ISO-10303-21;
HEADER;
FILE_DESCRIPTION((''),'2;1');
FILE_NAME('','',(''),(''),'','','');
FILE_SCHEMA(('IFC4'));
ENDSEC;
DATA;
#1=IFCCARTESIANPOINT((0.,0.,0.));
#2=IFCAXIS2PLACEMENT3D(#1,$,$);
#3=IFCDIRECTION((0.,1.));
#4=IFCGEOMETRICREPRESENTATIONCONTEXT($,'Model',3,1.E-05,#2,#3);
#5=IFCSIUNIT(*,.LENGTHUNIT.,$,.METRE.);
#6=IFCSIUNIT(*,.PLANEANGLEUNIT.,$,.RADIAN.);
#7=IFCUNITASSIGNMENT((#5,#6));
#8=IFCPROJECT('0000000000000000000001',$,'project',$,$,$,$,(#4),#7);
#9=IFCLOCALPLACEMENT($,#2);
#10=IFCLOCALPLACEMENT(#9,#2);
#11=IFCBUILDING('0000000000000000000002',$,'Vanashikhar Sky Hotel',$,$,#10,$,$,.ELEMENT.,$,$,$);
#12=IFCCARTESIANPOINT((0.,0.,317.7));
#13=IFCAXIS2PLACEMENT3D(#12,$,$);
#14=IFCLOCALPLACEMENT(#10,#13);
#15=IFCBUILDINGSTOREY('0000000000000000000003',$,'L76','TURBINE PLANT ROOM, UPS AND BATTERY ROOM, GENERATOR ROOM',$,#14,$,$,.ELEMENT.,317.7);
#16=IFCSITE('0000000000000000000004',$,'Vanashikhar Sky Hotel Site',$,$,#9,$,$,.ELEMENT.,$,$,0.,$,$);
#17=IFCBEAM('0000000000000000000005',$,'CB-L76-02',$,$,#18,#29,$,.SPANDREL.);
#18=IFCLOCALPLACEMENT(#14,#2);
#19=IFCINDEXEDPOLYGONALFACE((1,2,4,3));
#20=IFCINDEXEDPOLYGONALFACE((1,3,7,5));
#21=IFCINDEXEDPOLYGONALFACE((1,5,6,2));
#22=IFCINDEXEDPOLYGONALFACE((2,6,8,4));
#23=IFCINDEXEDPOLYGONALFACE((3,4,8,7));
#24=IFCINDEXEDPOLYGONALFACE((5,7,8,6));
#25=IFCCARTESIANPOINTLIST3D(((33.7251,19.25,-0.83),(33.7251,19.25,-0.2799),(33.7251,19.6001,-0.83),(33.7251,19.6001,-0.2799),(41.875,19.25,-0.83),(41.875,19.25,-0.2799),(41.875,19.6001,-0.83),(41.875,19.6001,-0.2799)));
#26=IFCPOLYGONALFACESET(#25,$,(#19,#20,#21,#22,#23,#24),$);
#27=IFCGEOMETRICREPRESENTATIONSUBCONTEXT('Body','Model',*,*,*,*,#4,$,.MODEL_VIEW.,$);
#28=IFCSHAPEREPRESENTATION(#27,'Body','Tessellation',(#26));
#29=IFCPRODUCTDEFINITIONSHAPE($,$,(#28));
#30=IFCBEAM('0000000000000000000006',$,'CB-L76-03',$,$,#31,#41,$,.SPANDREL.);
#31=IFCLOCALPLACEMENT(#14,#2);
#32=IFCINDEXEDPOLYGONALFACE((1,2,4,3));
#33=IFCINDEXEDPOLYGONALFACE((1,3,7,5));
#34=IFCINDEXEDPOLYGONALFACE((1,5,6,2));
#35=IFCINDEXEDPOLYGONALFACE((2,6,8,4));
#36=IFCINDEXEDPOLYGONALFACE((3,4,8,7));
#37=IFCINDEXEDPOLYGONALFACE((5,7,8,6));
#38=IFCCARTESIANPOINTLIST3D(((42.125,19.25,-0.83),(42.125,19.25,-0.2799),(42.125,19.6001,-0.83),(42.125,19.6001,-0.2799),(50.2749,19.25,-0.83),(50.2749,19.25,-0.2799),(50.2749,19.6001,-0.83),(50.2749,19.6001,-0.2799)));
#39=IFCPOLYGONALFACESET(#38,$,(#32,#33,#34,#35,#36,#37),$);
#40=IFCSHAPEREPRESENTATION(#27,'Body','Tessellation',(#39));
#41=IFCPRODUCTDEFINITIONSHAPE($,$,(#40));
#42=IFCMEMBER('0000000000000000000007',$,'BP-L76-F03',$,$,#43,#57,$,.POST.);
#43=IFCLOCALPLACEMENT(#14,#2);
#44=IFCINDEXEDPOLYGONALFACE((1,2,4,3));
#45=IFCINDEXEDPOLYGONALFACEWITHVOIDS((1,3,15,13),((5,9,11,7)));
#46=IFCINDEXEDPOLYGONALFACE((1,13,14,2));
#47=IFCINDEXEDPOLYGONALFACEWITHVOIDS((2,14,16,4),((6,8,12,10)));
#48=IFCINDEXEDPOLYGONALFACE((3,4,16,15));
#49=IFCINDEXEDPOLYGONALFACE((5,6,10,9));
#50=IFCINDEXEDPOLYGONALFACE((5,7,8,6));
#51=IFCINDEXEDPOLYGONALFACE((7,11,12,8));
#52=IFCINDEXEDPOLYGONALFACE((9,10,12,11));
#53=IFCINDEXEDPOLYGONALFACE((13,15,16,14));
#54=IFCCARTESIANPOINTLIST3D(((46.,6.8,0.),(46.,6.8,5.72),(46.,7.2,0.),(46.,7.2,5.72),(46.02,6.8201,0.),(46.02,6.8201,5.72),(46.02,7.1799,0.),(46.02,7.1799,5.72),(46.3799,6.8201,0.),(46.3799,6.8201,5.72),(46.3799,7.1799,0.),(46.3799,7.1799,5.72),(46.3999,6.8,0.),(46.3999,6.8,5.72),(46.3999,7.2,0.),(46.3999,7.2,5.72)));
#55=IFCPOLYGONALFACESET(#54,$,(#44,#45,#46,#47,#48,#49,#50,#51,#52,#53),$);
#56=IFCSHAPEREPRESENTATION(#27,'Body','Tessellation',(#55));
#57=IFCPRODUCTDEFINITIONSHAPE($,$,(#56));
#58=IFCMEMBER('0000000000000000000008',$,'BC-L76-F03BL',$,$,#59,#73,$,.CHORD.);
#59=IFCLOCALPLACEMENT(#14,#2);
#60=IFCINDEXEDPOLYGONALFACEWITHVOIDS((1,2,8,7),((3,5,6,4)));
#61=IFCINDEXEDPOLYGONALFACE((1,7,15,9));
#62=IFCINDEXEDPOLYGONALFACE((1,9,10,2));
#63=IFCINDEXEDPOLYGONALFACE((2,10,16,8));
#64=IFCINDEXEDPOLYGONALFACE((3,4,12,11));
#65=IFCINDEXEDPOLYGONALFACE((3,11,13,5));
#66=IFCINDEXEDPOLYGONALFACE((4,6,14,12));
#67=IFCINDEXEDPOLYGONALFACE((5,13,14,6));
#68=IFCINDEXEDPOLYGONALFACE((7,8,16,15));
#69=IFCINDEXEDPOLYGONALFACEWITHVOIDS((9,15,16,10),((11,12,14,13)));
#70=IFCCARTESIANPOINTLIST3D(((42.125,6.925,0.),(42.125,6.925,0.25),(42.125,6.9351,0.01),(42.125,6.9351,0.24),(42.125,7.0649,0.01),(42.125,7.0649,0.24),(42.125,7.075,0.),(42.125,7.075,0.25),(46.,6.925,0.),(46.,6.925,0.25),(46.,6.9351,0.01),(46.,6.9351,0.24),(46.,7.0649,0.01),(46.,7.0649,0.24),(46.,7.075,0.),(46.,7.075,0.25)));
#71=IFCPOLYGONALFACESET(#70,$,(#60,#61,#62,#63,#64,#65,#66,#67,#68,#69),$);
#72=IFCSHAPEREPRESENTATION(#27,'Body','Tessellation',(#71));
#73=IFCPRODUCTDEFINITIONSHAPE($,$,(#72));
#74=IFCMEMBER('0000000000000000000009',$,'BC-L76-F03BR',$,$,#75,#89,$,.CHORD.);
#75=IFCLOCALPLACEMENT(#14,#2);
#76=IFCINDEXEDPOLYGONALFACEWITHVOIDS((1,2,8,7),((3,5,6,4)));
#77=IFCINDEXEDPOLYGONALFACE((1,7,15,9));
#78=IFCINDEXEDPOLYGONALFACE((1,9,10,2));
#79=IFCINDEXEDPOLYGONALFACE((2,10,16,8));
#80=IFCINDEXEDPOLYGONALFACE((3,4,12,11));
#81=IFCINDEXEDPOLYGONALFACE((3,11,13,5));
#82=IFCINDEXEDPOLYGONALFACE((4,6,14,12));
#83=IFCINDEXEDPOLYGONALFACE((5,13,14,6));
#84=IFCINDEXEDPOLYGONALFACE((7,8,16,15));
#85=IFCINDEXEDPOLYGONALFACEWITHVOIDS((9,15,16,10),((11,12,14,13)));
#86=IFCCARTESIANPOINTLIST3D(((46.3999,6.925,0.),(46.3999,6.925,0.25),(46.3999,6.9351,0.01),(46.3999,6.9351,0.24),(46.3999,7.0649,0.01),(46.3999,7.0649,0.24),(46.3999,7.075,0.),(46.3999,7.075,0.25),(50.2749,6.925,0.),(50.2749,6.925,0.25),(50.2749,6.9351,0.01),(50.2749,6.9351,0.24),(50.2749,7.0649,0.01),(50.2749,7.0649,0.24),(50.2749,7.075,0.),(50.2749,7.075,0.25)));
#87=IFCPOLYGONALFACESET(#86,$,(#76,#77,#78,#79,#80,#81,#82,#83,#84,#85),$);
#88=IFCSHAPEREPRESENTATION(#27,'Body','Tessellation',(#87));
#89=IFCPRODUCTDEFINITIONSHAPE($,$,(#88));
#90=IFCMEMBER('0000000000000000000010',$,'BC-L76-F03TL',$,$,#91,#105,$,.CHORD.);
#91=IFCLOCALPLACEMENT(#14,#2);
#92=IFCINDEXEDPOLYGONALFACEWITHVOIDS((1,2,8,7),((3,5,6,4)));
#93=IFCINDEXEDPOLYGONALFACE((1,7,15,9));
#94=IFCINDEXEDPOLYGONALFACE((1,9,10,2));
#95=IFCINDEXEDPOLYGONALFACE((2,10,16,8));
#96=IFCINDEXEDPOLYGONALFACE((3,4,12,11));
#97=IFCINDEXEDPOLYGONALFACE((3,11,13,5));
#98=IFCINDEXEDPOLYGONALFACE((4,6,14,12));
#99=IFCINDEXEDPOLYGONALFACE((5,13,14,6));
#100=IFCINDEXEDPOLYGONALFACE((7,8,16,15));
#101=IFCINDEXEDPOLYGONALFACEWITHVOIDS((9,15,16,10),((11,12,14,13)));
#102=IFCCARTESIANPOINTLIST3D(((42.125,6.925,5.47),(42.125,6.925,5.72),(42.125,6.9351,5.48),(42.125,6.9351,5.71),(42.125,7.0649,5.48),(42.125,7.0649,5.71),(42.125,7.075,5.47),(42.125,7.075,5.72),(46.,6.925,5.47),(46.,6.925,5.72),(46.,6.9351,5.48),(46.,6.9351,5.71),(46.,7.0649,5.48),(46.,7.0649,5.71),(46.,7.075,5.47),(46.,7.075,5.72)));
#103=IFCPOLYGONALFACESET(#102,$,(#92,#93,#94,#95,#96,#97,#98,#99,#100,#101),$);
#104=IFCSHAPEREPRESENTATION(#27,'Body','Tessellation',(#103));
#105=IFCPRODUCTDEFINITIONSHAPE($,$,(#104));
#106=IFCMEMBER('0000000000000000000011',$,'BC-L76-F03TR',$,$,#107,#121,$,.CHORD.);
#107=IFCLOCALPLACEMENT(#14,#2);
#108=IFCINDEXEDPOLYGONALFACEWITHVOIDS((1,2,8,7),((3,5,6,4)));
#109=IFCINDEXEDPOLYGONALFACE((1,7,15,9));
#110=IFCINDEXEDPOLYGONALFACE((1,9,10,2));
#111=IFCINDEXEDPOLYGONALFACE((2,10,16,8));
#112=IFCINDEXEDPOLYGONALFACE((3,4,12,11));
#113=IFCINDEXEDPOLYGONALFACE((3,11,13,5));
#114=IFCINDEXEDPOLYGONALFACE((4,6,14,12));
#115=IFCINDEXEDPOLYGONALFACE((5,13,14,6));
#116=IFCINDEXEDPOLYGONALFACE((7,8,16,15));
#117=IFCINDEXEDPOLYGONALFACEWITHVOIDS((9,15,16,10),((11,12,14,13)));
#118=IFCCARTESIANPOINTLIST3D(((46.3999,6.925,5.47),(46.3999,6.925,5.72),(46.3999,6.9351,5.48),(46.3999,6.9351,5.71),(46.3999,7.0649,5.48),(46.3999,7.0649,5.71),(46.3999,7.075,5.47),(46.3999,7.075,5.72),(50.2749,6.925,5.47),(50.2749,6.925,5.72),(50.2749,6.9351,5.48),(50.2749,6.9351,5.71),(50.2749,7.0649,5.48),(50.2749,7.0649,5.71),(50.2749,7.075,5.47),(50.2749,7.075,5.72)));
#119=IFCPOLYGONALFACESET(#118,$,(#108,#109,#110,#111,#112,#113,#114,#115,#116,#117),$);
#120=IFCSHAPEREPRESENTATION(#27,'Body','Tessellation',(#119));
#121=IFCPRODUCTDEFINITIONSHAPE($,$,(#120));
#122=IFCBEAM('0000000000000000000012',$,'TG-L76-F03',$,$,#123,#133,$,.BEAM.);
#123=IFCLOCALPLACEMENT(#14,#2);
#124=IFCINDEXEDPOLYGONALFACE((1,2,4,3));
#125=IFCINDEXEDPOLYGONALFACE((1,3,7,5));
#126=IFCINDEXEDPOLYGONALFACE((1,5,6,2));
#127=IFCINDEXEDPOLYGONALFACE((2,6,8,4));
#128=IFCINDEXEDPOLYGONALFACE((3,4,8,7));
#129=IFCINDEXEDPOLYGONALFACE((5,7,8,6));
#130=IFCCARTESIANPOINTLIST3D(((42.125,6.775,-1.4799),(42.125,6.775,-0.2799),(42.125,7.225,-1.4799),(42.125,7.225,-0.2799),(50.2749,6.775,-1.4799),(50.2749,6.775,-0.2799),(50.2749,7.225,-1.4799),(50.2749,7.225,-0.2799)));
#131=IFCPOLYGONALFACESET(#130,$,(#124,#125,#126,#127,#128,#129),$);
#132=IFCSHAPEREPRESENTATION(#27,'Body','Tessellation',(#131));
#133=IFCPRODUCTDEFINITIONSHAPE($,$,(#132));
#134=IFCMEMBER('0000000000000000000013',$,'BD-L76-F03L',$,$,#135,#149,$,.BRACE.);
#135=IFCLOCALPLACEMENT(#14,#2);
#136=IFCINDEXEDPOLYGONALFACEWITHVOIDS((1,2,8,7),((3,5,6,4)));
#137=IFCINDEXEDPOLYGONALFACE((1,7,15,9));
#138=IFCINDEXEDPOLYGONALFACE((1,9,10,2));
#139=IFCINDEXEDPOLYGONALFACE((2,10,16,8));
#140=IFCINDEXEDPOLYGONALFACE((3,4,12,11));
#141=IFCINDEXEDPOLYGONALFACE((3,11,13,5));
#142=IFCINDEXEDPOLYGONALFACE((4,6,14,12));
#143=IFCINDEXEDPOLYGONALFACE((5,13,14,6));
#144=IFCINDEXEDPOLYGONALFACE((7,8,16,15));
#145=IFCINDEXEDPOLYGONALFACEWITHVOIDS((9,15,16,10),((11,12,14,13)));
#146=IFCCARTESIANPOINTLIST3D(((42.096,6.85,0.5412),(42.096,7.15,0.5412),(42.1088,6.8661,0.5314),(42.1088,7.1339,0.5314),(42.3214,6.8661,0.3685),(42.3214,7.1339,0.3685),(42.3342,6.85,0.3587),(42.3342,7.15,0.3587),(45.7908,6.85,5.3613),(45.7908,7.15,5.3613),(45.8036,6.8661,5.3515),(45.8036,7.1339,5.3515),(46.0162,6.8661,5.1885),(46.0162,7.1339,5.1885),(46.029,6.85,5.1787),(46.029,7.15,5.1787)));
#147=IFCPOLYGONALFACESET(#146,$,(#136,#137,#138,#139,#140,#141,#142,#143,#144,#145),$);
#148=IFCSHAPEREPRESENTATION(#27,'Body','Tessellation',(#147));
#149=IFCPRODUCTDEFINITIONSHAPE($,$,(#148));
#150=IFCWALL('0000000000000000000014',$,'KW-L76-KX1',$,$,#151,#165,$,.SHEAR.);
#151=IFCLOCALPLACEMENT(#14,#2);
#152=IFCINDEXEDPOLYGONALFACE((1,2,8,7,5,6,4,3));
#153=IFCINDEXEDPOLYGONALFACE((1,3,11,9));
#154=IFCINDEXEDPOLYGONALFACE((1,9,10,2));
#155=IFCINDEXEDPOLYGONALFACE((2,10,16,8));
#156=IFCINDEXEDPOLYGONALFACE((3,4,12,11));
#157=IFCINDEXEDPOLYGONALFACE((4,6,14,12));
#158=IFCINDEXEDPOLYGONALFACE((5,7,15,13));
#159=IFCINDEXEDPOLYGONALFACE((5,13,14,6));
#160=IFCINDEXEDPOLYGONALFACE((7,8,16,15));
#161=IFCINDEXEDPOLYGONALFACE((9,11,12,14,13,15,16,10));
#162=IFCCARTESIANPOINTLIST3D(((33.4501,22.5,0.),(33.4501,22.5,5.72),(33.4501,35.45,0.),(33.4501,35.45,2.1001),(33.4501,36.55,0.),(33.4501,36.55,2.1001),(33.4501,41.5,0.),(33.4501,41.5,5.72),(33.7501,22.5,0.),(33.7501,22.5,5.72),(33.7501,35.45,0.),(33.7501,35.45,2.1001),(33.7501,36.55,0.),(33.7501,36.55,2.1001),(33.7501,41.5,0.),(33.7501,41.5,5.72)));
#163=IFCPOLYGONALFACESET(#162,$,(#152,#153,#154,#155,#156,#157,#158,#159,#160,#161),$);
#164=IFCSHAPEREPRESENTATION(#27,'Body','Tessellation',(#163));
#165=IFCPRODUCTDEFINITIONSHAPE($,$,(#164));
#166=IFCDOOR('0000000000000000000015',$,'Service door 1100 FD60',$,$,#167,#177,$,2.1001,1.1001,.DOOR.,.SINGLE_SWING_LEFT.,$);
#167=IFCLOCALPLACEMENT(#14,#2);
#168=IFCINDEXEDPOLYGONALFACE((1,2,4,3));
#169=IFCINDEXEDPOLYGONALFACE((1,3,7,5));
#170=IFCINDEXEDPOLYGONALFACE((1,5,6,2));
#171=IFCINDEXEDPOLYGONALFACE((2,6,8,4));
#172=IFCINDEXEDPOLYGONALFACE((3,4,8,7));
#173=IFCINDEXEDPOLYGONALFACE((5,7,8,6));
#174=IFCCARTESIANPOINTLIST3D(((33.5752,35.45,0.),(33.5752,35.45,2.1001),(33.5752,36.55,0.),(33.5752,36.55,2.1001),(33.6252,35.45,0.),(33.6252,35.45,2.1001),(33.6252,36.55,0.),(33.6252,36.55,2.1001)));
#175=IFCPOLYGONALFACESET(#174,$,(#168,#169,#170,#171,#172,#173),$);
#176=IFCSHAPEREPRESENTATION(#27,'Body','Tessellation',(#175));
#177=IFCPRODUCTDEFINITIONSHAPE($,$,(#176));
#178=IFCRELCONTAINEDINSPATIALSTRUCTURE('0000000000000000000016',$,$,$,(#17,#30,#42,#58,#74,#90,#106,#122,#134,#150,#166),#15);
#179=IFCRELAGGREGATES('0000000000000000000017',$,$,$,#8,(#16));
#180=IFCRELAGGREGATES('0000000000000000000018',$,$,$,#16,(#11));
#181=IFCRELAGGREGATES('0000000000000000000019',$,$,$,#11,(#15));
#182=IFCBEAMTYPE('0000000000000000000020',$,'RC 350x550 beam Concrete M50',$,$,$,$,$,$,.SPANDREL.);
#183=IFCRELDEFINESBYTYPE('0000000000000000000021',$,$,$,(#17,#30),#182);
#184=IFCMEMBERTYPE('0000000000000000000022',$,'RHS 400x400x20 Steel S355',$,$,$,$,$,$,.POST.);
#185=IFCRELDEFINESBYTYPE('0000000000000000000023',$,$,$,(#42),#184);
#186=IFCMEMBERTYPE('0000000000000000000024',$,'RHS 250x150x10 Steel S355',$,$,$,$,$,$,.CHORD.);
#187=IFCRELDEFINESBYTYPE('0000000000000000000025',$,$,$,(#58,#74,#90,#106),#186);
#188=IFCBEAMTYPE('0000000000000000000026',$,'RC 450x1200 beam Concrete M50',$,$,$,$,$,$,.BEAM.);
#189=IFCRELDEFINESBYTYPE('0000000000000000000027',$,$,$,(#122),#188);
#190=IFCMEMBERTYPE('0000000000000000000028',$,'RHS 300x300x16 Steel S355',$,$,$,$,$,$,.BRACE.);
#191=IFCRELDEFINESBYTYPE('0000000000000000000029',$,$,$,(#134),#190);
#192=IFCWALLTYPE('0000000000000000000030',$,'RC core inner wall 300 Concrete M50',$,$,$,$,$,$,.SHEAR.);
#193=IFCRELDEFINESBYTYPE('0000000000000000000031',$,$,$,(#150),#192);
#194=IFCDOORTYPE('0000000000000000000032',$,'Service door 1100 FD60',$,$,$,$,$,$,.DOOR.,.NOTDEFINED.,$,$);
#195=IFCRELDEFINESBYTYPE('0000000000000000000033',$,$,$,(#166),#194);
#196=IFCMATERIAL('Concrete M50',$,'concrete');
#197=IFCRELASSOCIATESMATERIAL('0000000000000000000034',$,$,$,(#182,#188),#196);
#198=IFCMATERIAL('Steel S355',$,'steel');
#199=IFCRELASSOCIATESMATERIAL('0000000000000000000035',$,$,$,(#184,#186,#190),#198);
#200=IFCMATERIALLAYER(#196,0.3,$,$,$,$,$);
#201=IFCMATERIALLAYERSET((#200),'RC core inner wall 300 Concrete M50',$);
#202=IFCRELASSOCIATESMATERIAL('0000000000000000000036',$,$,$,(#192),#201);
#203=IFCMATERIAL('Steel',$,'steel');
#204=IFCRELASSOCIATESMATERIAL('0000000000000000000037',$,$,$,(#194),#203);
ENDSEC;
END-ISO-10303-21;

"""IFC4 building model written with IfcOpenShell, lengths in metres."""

from ifc_helpers import new_model, si_unit, direction, frame, frame_2d, origin, origin_2d, place, context, subcontext, project, spatial, rectangle, hollow_rectangle, extrude, source, transform, mapped, material, layer, layer_set, material_profile, profile_set, type_object, element, fill, save


model = new_model("IFC4")

# Units and contexts
model_context = context("Model", 3, precision=1e-05, world=origin(), true_north=direction((0.0, 1.0)))
body_context = subcontext(model_context, "Body", "Model", "MODEL_VIEW")
ifc_project = project(units=[si_unit("LENGTHUNIT", "METRE"), si_unit("PLANEANGLEUNIT", "RADIAN")], contexts=[model_context])

# Site, building, storey
site_placement = place(None, origin())
site = spatial("IfcSite", under=ifc_project, at=site_placement, Name="Vanashikhar Sky Hotel Site", CompositionType="ELEMENT", RefElevation=0.0)
building_placement = place(site_placement, origin())
building = spatial("IfcBuilding", under=site, at=building_placement, Name="Vanashikhar Sky Hotel", CompositionType="ELEMENT")
storey_placement = place(building_placement, frame((0.0, 0.0, 317.7)))
storey = spatial("IfcBuildingStorey", under=building, at=storey_placement, Name="L76", Description="TURBINE PLANT ROOM, UPS AND BATTERY ROOM, GENERATOR ROOM", CompositionType="ELEMENT", Elevation=317.7)

# Beams
ifc_material_1 = material(Name="Concrete M50", Category="concrete")
ifc_material_profile_1 = material_profile(ifc_material_1, rectangle(XDim=0.3501, YDim=0.55, at=origin_2d()))
ifc_profile_set_1 = profile_set([ifc_material_profile_1], Name="RC 350x550 beam Concrete M50")
beam_type_1 = type_object("IfcBeamType", Name="RC 350x550 beam Concrete M50", PredefinedType="SPANDREL", material=ifc_profile_set_1)
shared_shape_1 = source(origin(), body_context, "Body", "SweptSolid", [
    extrude(rectangle(XDim=0.3501, YDim=0.55, at=origin_2d()), origin(), (0.0, 0.0, 1.0), 8.1499),
])
for number, where, z_axis, x_axis, name in (
    (1, (33.7251, 19.425, -0.5549), (1.0, 0.0, 0.0), (0.0, 1.0, 0.0), "CB-L76-02"),
    (2, (42.125, 19.425, -0.5549), (1.0, 0.0, 0.0), (0.0, 1.0, 0.0), "CB-L76-03"),
):
    element("IfcBeam", number, at=place(storey_placement, frame(where, z_axis=z_axis, x_axis=x_axis)), inside=storey, type_object=beam_type_1, Name=name, PredefinedType="SPANDREL", context=body_context, shape_type="MappedRepresentation", body=[
        mapped(shared_shape_1, transform((0.0, 0.0, 0.0), scale=1.0)),
    ])

# Members
ifc_material_2 = material(Name="Steel S355", Category="steel")
ifc_material_profile_2 = material_profile(ifc_material_2, hollow_rectangle(XDim=0.3999, YDim=0.3999, WallThickness=0.02, at=origin_2d()))
ifc_profile_set_2 = profile_set([ifc_material_profile_2], Name="RHS 400x400x20 Steel S355")
member_type_1 = type_object("IfcMemberType", Name="RHS 400x400x20 Steel S355", PredefinedType="POST", material=ifc_profile_set_2)
shared_shape_2 = source(origin(), body_context, "Body", "SweptSolid", [
    extrude(hollow_rectangle(XDim=0.3999, YDim=0.3999, WallThickness=0.02, at=origin_2d()), origin(), (0.0, 0.0, 1.0), 5.72),
])
member_1_placement = place(storey_placement, frame((46.2, 7.0, 0.0), z_axis=(0.0, 0.0, 1.0), x_axis=(1.0, 0.0, 0.0)))
element("IfcMember", 3, at=member_1_placement, inside=storey, type_object=member_type_1, Name="BP-L76-F03", PredefinedType="POST", context=body_context, shape_type="MappedRepresentation", body=[
    mapped(shared_shape_2, transform((0.0, 0.0, 0.0), scale=1.0)),
])
ifc_material_profile_3 = material_profile(ifc_material_2, hollow_rectangle(XDim=0.1499, YDim=0.25, WallThickness=0.01, at=origin_2d()))
ifc_profile_set_3 = profile_set([ifc_material_profile_3], Name="RHS 250x150x10 Steel S355")
member_type_2 = type_object("IfcMemberType", Name="RHS 250x150x10 Steel S355", PredefinedType="CHORD", material=ifc_profile_set_3)
shared_shape_3 = source(origin(), body_context, "Body", "SweptSolid", [
    extrude(hollow_rectangle(XDim=0.1499, YDim=0.25, WallThickness=0.01, at=origin_2d()), origin(), (0.0, 0.0, 1.0), 3.875),
])
for number, where, z_axis, x_axis, name in (
    (4, (42.125, 7.0, 0.125), (1.0, 0.0, 0.0), (0.0, 1.0, 0.0), "BC-L76-F03BL"),
    (5, (46.3999, 7.0, 0.125), (1.0, 0.0, 0.0), (0.0, 1.0, 0.0), "BC-L76-F03BR"),
    (6, (42.125, 7.0, 5.595), (1.0, 0.0, 0.0), (0.0, 1.0, 0.0), "BC-L76-F03TL"),
    (7, (46.3999, 7.0, 5.595), (1.0, 0.0, 0.0), (0.0, 1.0, 0.0), "BC-L76-F03TR"),
):
    element("IfcMember", number, at=place(storey_placement, frame(where, z_axis=z_axis, x_axis=x_axis)), inside=storey, type_object=member_type_2, Name=name, PredefinedType="CHORD", context=body_context, shape_type="MappedRepresentation", body=[
        mapped(shared_shape_3, transform((0.0, 0.0, 0.0), scale=1.0)),
    ])

# Beam
ifc_material_profile_4 = material_profile(ifc_material_1, rectangle(XDim=0.45, YDim=1.2, at=origin_2d()))
ifc_profile_set_4 = profile_set([ifc_material_profile_4], Name="RC 450x1200 beam Concrete M50")
beam_type_2 = type_object("IfcBeamType", Name="RC 450x1200 beam Concrete M50", PredefinedType="BEAM", material=ifc_profile_set_4)
shared_shape_4 = source(origin(), body_context, "Body", "SweptSolid", [
    extrude(rectangle(XDim=0.45, YDim=1.2, at=origin_2d()), origin(), (0.0, 0.0, 1.0), 8.1499),
])
beam_placement = place(storey_placement, frame((42.125, 7.0, -0.8799), z_axis=(1.0, 0.0, 0.0), x_axis=(0.0, 1.0, 0.0)))
element("IfcBeam", 8, at=beam_placement, inside=storey, type_object=beam_type_2, Name="TG-L76-F03", PredefinedType="BEAM", context=body_context, shape_type="MappedRepresentation", body=[
    mapped(shared_shape_4, transform((0.0, 0.0, 0.0), scale=1.0)),
])

# Member
ifc_material_profile_5 = material_profile(ifc_material_2, hollow_rectangle(XDim=0.3, YDim=0.3, WallThickness=0.0161, at=origin_2d()))
ifc_profile_set_5 = profile_set([ifc_material_profile_5], Name="RHS 300x300x16 Steel S355")
member_type_3 = type_object("IfcMemberType", Name="RHS 300x300x16 Steel S355", PredefinedType="BRACE", material=ifc_profile_set_5)
shared_shape_5 = source(origin(), body_context, "Body", "SweptSolid", [
    extrude(hollow_rectangle(XDim=0.3, YDim=0.3, WallThickness=0.0161, at=origin_2d()), origin(), (0.0, 0.0, 1.0), 6.0732),
])
member_2_placement = place(storey_placement, frame((42.2151, 7.0, 0.45), z_axis=(0.608373, 0.0, 0.793651), x_axis=(0.0, 1.0, 0.0)))
element("IfcMember", 9, at=member_2_placement, inside=storey, type_object=member_type_3, Name="BD-L76-F03L", PredefinedType="BRACE", context=body_context, shape_type="MappedRepresentation", body=[
    mapped(shared_shape_5, transform((0.0, 0.0, 0.0), scale=1.0)),
])

# Wall, opening, door
ifc_layer_1 = layer(ifc_material_1, 0.3)
ifc_layer_set_1 = layer_set([ifc_layer_1], Name="RC core inner wall 300 Concrete M50")
wall_type_1 = type_object("IfcWallType", Name="RC core inner wall 300 Concrete M50", PredefinedType="SHEAR", material=ifc_layer_set_1)
shared_shape_6 = source(origin(), body_context, "Body", "SweptSolid", [
    extrude(rectangle(XDim=19.0, YDim=0.3, at=frame_2d((9.5, 0.0))), origin(), (0.0, 0.0, 1.0), 5.72),
])
wall_1_placement = place(storey_placement, frame((33.6001, 22.5, 0.0), z_axis=(0.0, 0.0, 1.0), x_axis=(0.0, 1.0, 0.0)))
wall_1 = element("IfcWall", 10, at=wall_1_placement, inside=storey, type_object=wall_type_1, Name="KW-L76-KX1", PredefinedType="SHEAR", context=body_context, shape_type="MappedRepresentation", body=[
    mapped(shared_shape_6, transform((0.0, 0.0, 0.0), scale=1.0)),
])
shared_shape_7 = source(origin(), body_context, "Body", "SweptSolid", [
    extrude(rectangle(XDim=1.1001, YDim=2.1001, at=frame_2d((0.55, 1.05))), frame((0.0, 0.1602, 0.0), z_axis=(0.0, -1.0, 0.0), x_axis=(1.0, 0.0, 0.0)), (0.0, 0.0, 1.0), 0.3201),
])
opening_1_placement = place(wall_1_placement, frame((12.95, 0.0, 0.0)))
opening_1 = element("IfcOpeningElement", 11, at=opening_1_placement, cuts=wall_1, PredefinedType="OPENING", context=body_context, shape_type="MappedRepresentation", body=[
    mapped(shared_shape_7, transform((0.0, 0.0, 0.0), scale=1.0)),
])
ifc_material_3 = material(Name="Steel", Category="steel")
door_type_1 = type_object("IfcDoorType", Name="Service door 1100 FD60", OperationType="NOTDEFINED", PredefinedType="DOOR", material=ifc_material_3)
shared_shape_8 = source(origin(), body_context, "Body", "SweptSolid", [
    extrude(rectangle(XDim=1.1001, YDim=2.1001, at=frame_2d((0.55, 1.05))), frame((0.0, 0.0249, 0.0), z_axis=(0.0, -1.0, 0.0), x_axis=(1.0, 0.0, 0.0)), (0.0, 0.0, 1.0), 0.05),
])
door_1_placement = place(opening_1_placement, origin())
door_1 = element("IfcDoor", 12, at=door_1_placement, inside=storey, type_object=door_type_1, Name="Service door 1100 FD60", OperationType="SINGLE_SWING_LEFT", OverallHeight=2.1001, OverallWidth=1.1001, PredefinedType="DOOR", context=body_context, shape_type="MappedRepresentation", body=[
    mapped(shared_shape_8, transform((0.0, 0.0, 0.0), scale=1.0)),
])
fill(opening_1, door_1)

save(model, "model.ifc")
